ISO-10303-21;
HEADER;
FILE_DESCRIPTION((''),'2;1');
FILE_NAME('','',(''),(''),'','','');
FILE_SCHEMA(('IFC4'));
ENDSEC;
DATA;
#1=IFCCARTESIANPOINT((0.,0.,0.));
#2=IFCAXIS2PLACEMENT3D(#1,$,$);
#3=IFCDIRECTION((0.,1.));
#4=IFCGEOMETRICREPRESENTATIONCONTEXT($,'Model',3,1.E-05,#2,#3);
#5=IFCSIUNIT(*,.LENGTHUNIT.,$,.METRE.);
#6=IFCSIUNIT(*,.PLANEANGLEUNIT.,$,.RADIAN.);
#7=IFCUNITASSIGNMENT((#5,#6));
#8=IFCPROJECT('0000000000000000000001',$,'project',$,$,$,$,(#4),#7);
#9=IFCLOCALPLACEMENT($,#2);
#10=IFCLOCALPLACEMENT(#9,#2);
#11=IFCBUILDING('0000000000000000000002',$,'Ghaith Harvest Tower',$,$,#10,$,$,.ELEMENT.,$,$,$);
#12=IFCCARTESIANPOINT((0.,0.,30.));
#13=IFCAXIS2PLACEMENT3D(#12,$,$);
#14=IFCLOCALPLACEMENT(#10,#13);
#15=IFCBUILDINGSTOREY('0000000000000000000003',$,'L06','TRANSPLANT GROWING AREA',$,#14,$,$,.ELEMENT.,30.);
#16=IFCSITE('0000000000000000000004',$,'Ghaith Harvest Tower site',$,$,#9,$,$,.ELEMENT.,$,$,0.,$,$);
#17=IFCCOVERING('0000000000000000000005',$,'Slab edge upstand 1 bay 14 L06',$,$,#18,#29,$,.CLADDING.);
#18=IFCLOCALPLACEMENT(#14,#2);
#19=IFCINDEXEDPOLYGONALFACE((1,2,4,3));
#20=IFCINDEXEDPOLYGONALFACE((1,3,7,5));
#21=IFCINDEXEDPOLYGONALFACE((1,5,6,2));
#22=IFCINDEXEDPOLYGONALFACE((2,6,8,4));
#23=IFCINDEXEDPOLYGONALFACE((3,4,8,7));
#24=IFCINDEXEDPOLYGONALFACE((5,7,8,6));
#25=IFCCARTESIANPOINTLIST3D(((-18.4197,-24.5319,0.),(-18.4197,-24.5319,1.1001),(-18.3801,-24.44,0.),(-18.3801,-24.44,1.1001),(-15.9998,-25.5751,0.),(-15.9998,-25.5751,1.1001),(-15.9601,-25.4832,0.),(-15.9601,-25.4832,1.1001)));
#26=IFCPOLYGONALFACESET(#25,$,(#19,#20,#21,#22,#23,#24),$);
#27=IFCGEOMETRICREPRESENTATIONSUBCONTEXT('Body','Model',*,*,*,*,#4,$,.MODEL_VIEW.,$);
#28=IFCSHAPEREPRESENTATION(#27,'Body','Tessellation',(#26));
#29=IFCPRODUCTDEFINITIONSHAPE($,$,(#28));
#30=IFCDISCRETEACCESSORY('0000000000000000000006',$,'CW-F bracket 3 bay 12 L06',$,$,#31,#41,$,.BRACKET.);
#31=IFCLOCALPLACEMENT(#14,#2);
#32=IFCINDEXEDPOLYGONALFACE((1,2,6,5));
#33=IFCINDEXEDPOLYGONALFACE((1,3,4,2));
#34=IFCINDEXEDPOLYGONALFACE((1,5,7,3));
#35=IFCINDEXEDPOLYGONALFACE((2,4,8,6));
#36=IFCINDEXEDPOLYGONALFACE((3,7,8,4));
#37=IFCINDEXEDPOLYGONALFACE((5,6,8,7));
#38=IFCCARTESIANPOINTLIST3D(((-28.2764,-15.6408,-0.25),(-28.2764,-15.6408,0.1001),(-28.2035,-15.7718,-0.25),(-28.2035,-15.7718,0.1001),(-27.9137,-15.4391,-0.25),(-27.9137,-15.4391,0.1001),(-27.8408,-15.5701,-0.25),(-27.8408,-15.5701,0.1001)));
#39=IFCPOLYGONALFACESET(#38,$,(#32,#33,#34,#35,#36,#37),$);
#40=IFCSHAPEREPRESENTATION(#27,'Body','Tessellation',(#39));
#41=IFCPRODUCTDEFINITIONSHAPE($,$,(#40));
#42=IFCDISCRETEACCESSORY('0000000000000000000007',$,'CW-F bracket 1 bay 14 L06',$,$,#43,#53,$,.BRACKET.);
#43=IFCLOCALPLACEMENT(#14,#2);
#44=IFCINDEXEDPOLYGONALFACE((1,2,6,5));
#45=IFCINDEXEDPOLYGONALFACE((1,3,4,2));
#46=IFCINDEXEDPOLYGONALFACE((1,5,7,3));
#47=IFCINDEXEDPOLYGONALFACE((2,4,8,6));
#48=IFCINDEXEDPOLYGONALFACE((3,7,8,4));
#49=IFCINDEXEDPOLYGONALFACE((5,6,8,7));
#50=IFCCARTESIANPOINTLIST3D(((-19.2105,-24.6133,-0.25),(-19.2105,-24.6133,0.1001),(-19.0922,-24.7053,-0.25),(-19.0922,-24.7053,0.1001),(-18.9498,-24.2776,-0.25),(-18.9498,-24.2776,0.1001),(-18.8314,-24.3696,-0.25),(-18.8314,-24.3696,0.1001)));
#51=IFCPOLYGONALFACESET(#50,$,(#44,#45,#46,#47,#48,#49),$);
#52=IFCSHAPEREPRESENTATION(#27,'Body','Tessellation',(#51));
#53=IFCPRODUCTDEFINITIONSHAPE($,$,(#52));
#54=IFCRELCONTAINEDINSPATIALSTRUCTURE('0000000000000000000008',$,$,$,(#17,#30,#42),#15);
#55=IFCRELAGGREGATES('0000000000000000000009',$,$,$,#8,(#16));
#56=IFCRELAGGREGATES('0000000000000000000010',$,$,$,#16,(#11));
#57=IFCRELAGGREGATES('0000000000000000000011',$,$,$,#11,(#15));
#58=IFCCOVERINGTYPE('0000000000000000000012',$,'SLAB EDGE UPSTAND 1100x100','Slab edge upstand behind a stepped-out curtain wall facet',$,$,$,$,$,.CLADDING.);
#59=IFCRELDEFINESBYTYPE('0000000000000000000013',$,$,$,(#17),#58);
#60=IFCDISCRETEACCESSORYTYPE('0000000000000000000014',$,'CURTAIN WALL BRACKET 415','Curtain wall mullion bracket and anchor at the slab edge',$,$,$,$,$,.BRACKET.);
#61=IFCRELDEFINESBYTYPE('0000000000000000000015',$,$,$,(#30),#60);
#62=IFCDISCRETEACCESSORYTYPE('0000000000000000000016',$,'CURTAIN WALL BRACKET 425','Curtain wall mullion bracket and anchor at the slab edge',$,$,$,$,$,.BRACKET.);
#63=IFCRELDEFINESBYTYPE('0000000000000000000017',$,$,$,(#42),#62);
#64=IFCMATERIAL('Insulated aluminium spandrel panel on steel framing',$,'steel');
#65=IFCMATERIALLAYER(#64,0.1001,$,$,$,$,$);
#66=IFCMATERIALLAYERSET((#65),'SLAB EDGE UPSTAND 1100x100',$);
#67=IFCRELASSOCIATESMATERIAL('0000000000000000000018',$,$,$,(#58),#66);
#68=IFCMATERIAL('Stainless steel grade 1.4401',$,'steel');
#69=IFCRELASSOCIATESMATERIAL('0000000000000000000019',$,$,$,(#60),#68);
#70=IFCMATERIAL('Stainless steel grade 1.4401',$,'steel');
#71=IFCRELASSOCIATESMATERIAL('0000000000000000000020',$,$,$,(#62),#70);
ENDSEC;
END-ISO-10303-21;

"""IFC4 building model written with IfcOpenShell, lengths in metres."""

from ifc_helpers import new_model, si_unit, direction, frame, origin, origin_2d, place, context, subcontext, project, spatial, rectangle, extrude, material, layer, layer_set, type_object, element, save


model = new_model("IFC4")

# Units and contexts
model_context = context("Model", 3, precision=1e-05, world=origin(), true_north=direction((0.0, 1.0)))
body_context = subcontext(model_context, "Body", "Model", "MODEL_VIEW")
ifc_project = project(units=[si_unit("LENGTHUNIT", "METRE"), si_unit("PLANEANGLEUNIT", "RADIAN")], contexts=[model_context])

# Site, building, storey
site_placement = place(None, origin())
site = spatial("IfcSite", under=ifc_project, at=site_placement, Name="Ghaith Harvest Tower site", CompositionType="ELEMENT", RefElevation=0.0)
building_placement = place(site_placement, origin())
building = spatial("IfcBuilding", under=site, at=building_placement, Name="Ghaith Harvest Tower", CompositionType="ELEMENT")
storey_placement = place(building_placement, frame((0.0, 0.0, 30.0)))
storey = spatial("IfcBuildingStorey", under=building, at=storey_placement, Name="L06", Description="TRANSPLANT GROWING AREA", CompositionType="ELEMENT", Elevation=30.0)

# Covering
ifc_material_1 = material(Name="Insulated aluminium spandrel panel on steel framing", Category="steel")
ifc_layer_1 = layer(ifc_material_1, 0.1001)
ifc_layer_set_1 = layer_set([ifc_layer_1], Name="SLAB EDGE UPSTAND 1100x100")
covering_type = type_object("IfcCoveringType", Name="SLAB EDGE UPSTAND 1100x100", Description="Slab edge upstand behind a stepped-out curtain wall facet", PredefinedType="CLADDING", material=ifc_layer_set_1)
covering_1_placement = place(storey_placement, frame((-17.1899, -25.0076, 0.0), z_axis=(0.0, 0.0, 1.0), x_axis=(0.918307, -0.395869, 0.0)))
element("IfcCovering", 1, at=covering_1_placement, inside=storey, type_object=covering_type, Name="Slab edge upstand 1 bay 14 L06", PredefinedType="CLADDING", context=body_context, shape_type="SweptSolid", body=[
    extrude(rectangle(XDim=2.6353, YDim=0.1001, at=origin_2d()), origin(), (0.0, 0.0, 1.0), 1.1001),
])

# Discrete accessories
ifc_material_2 = material(Name="Stainless steel grade 1.4401", Category="steel")
discrete_accessory_type_1 = type_object("IfcDiscreteAccessoryType", Name="CURTAIN WALL BRACKET 415", Description="Curtain wall mullion bracket and anchor at the slab edge", PredefinedType="BRACKET", material=ifc_material_2)
discrete_accessory_1_placement = place(storey_placement, frame((-28.0586, -15.6055, -0.25), z_axis=(0.0, 0.0, 1.0), x_axis=(-0.873927, -0.486057, 0.0)))
element("IfcDiscreteAccessory", 2, at=discrete_accessory_1_placement, inside=storey, type_object=discrete_accessory_type_1, Name="CW-F bracket 3 bay 12 L06", PredefinedType="BRACKET", context=body_context, shape_type="SweptSolid", body=[
    extrude(rectangle(XDim=0.415, YDim=0.1499, at=origin_2d()), origin(), (0.0, 0.0, 1.0), 0.3501),
])
ifc_material_3 = material(Name="Stainless steel grade 1.4401", Category="steel")
discrete_accessory_type_2 = type_object("IfcDiscreteAccessoryType", Name="CURTAIN WALL BRACKET 425", Description="Curtain wall mullion bracket and anchor at the slab edge", PredefinedType="BRACKET", material=ifc_material_3)
discrete_accessory_2_placement = place(storey_placement, frame((-19.021, -24.4915, -0.25), z_axis=(0.0, 0.0, 1.0), x_axis=(-0.613378, -0.78979, 0.0)))
element("IfcDiscreteAccessory", 3, at=discrete_accessory_2_placement, inside=storey, type_object=discrete_accessory_type_2, Name="CW-F bracket 1 bay 14 L06", PredefinedType="BRACKET", context=body_context, shape_type="SweptSolid", body=[
    extrude(rectangle(XDim=0.425, YDim=0.1499, at=origin_2d()), origin(), (0.0, 0.0, 1.0), 0.3501),
])

save(model, "model.ifc")
